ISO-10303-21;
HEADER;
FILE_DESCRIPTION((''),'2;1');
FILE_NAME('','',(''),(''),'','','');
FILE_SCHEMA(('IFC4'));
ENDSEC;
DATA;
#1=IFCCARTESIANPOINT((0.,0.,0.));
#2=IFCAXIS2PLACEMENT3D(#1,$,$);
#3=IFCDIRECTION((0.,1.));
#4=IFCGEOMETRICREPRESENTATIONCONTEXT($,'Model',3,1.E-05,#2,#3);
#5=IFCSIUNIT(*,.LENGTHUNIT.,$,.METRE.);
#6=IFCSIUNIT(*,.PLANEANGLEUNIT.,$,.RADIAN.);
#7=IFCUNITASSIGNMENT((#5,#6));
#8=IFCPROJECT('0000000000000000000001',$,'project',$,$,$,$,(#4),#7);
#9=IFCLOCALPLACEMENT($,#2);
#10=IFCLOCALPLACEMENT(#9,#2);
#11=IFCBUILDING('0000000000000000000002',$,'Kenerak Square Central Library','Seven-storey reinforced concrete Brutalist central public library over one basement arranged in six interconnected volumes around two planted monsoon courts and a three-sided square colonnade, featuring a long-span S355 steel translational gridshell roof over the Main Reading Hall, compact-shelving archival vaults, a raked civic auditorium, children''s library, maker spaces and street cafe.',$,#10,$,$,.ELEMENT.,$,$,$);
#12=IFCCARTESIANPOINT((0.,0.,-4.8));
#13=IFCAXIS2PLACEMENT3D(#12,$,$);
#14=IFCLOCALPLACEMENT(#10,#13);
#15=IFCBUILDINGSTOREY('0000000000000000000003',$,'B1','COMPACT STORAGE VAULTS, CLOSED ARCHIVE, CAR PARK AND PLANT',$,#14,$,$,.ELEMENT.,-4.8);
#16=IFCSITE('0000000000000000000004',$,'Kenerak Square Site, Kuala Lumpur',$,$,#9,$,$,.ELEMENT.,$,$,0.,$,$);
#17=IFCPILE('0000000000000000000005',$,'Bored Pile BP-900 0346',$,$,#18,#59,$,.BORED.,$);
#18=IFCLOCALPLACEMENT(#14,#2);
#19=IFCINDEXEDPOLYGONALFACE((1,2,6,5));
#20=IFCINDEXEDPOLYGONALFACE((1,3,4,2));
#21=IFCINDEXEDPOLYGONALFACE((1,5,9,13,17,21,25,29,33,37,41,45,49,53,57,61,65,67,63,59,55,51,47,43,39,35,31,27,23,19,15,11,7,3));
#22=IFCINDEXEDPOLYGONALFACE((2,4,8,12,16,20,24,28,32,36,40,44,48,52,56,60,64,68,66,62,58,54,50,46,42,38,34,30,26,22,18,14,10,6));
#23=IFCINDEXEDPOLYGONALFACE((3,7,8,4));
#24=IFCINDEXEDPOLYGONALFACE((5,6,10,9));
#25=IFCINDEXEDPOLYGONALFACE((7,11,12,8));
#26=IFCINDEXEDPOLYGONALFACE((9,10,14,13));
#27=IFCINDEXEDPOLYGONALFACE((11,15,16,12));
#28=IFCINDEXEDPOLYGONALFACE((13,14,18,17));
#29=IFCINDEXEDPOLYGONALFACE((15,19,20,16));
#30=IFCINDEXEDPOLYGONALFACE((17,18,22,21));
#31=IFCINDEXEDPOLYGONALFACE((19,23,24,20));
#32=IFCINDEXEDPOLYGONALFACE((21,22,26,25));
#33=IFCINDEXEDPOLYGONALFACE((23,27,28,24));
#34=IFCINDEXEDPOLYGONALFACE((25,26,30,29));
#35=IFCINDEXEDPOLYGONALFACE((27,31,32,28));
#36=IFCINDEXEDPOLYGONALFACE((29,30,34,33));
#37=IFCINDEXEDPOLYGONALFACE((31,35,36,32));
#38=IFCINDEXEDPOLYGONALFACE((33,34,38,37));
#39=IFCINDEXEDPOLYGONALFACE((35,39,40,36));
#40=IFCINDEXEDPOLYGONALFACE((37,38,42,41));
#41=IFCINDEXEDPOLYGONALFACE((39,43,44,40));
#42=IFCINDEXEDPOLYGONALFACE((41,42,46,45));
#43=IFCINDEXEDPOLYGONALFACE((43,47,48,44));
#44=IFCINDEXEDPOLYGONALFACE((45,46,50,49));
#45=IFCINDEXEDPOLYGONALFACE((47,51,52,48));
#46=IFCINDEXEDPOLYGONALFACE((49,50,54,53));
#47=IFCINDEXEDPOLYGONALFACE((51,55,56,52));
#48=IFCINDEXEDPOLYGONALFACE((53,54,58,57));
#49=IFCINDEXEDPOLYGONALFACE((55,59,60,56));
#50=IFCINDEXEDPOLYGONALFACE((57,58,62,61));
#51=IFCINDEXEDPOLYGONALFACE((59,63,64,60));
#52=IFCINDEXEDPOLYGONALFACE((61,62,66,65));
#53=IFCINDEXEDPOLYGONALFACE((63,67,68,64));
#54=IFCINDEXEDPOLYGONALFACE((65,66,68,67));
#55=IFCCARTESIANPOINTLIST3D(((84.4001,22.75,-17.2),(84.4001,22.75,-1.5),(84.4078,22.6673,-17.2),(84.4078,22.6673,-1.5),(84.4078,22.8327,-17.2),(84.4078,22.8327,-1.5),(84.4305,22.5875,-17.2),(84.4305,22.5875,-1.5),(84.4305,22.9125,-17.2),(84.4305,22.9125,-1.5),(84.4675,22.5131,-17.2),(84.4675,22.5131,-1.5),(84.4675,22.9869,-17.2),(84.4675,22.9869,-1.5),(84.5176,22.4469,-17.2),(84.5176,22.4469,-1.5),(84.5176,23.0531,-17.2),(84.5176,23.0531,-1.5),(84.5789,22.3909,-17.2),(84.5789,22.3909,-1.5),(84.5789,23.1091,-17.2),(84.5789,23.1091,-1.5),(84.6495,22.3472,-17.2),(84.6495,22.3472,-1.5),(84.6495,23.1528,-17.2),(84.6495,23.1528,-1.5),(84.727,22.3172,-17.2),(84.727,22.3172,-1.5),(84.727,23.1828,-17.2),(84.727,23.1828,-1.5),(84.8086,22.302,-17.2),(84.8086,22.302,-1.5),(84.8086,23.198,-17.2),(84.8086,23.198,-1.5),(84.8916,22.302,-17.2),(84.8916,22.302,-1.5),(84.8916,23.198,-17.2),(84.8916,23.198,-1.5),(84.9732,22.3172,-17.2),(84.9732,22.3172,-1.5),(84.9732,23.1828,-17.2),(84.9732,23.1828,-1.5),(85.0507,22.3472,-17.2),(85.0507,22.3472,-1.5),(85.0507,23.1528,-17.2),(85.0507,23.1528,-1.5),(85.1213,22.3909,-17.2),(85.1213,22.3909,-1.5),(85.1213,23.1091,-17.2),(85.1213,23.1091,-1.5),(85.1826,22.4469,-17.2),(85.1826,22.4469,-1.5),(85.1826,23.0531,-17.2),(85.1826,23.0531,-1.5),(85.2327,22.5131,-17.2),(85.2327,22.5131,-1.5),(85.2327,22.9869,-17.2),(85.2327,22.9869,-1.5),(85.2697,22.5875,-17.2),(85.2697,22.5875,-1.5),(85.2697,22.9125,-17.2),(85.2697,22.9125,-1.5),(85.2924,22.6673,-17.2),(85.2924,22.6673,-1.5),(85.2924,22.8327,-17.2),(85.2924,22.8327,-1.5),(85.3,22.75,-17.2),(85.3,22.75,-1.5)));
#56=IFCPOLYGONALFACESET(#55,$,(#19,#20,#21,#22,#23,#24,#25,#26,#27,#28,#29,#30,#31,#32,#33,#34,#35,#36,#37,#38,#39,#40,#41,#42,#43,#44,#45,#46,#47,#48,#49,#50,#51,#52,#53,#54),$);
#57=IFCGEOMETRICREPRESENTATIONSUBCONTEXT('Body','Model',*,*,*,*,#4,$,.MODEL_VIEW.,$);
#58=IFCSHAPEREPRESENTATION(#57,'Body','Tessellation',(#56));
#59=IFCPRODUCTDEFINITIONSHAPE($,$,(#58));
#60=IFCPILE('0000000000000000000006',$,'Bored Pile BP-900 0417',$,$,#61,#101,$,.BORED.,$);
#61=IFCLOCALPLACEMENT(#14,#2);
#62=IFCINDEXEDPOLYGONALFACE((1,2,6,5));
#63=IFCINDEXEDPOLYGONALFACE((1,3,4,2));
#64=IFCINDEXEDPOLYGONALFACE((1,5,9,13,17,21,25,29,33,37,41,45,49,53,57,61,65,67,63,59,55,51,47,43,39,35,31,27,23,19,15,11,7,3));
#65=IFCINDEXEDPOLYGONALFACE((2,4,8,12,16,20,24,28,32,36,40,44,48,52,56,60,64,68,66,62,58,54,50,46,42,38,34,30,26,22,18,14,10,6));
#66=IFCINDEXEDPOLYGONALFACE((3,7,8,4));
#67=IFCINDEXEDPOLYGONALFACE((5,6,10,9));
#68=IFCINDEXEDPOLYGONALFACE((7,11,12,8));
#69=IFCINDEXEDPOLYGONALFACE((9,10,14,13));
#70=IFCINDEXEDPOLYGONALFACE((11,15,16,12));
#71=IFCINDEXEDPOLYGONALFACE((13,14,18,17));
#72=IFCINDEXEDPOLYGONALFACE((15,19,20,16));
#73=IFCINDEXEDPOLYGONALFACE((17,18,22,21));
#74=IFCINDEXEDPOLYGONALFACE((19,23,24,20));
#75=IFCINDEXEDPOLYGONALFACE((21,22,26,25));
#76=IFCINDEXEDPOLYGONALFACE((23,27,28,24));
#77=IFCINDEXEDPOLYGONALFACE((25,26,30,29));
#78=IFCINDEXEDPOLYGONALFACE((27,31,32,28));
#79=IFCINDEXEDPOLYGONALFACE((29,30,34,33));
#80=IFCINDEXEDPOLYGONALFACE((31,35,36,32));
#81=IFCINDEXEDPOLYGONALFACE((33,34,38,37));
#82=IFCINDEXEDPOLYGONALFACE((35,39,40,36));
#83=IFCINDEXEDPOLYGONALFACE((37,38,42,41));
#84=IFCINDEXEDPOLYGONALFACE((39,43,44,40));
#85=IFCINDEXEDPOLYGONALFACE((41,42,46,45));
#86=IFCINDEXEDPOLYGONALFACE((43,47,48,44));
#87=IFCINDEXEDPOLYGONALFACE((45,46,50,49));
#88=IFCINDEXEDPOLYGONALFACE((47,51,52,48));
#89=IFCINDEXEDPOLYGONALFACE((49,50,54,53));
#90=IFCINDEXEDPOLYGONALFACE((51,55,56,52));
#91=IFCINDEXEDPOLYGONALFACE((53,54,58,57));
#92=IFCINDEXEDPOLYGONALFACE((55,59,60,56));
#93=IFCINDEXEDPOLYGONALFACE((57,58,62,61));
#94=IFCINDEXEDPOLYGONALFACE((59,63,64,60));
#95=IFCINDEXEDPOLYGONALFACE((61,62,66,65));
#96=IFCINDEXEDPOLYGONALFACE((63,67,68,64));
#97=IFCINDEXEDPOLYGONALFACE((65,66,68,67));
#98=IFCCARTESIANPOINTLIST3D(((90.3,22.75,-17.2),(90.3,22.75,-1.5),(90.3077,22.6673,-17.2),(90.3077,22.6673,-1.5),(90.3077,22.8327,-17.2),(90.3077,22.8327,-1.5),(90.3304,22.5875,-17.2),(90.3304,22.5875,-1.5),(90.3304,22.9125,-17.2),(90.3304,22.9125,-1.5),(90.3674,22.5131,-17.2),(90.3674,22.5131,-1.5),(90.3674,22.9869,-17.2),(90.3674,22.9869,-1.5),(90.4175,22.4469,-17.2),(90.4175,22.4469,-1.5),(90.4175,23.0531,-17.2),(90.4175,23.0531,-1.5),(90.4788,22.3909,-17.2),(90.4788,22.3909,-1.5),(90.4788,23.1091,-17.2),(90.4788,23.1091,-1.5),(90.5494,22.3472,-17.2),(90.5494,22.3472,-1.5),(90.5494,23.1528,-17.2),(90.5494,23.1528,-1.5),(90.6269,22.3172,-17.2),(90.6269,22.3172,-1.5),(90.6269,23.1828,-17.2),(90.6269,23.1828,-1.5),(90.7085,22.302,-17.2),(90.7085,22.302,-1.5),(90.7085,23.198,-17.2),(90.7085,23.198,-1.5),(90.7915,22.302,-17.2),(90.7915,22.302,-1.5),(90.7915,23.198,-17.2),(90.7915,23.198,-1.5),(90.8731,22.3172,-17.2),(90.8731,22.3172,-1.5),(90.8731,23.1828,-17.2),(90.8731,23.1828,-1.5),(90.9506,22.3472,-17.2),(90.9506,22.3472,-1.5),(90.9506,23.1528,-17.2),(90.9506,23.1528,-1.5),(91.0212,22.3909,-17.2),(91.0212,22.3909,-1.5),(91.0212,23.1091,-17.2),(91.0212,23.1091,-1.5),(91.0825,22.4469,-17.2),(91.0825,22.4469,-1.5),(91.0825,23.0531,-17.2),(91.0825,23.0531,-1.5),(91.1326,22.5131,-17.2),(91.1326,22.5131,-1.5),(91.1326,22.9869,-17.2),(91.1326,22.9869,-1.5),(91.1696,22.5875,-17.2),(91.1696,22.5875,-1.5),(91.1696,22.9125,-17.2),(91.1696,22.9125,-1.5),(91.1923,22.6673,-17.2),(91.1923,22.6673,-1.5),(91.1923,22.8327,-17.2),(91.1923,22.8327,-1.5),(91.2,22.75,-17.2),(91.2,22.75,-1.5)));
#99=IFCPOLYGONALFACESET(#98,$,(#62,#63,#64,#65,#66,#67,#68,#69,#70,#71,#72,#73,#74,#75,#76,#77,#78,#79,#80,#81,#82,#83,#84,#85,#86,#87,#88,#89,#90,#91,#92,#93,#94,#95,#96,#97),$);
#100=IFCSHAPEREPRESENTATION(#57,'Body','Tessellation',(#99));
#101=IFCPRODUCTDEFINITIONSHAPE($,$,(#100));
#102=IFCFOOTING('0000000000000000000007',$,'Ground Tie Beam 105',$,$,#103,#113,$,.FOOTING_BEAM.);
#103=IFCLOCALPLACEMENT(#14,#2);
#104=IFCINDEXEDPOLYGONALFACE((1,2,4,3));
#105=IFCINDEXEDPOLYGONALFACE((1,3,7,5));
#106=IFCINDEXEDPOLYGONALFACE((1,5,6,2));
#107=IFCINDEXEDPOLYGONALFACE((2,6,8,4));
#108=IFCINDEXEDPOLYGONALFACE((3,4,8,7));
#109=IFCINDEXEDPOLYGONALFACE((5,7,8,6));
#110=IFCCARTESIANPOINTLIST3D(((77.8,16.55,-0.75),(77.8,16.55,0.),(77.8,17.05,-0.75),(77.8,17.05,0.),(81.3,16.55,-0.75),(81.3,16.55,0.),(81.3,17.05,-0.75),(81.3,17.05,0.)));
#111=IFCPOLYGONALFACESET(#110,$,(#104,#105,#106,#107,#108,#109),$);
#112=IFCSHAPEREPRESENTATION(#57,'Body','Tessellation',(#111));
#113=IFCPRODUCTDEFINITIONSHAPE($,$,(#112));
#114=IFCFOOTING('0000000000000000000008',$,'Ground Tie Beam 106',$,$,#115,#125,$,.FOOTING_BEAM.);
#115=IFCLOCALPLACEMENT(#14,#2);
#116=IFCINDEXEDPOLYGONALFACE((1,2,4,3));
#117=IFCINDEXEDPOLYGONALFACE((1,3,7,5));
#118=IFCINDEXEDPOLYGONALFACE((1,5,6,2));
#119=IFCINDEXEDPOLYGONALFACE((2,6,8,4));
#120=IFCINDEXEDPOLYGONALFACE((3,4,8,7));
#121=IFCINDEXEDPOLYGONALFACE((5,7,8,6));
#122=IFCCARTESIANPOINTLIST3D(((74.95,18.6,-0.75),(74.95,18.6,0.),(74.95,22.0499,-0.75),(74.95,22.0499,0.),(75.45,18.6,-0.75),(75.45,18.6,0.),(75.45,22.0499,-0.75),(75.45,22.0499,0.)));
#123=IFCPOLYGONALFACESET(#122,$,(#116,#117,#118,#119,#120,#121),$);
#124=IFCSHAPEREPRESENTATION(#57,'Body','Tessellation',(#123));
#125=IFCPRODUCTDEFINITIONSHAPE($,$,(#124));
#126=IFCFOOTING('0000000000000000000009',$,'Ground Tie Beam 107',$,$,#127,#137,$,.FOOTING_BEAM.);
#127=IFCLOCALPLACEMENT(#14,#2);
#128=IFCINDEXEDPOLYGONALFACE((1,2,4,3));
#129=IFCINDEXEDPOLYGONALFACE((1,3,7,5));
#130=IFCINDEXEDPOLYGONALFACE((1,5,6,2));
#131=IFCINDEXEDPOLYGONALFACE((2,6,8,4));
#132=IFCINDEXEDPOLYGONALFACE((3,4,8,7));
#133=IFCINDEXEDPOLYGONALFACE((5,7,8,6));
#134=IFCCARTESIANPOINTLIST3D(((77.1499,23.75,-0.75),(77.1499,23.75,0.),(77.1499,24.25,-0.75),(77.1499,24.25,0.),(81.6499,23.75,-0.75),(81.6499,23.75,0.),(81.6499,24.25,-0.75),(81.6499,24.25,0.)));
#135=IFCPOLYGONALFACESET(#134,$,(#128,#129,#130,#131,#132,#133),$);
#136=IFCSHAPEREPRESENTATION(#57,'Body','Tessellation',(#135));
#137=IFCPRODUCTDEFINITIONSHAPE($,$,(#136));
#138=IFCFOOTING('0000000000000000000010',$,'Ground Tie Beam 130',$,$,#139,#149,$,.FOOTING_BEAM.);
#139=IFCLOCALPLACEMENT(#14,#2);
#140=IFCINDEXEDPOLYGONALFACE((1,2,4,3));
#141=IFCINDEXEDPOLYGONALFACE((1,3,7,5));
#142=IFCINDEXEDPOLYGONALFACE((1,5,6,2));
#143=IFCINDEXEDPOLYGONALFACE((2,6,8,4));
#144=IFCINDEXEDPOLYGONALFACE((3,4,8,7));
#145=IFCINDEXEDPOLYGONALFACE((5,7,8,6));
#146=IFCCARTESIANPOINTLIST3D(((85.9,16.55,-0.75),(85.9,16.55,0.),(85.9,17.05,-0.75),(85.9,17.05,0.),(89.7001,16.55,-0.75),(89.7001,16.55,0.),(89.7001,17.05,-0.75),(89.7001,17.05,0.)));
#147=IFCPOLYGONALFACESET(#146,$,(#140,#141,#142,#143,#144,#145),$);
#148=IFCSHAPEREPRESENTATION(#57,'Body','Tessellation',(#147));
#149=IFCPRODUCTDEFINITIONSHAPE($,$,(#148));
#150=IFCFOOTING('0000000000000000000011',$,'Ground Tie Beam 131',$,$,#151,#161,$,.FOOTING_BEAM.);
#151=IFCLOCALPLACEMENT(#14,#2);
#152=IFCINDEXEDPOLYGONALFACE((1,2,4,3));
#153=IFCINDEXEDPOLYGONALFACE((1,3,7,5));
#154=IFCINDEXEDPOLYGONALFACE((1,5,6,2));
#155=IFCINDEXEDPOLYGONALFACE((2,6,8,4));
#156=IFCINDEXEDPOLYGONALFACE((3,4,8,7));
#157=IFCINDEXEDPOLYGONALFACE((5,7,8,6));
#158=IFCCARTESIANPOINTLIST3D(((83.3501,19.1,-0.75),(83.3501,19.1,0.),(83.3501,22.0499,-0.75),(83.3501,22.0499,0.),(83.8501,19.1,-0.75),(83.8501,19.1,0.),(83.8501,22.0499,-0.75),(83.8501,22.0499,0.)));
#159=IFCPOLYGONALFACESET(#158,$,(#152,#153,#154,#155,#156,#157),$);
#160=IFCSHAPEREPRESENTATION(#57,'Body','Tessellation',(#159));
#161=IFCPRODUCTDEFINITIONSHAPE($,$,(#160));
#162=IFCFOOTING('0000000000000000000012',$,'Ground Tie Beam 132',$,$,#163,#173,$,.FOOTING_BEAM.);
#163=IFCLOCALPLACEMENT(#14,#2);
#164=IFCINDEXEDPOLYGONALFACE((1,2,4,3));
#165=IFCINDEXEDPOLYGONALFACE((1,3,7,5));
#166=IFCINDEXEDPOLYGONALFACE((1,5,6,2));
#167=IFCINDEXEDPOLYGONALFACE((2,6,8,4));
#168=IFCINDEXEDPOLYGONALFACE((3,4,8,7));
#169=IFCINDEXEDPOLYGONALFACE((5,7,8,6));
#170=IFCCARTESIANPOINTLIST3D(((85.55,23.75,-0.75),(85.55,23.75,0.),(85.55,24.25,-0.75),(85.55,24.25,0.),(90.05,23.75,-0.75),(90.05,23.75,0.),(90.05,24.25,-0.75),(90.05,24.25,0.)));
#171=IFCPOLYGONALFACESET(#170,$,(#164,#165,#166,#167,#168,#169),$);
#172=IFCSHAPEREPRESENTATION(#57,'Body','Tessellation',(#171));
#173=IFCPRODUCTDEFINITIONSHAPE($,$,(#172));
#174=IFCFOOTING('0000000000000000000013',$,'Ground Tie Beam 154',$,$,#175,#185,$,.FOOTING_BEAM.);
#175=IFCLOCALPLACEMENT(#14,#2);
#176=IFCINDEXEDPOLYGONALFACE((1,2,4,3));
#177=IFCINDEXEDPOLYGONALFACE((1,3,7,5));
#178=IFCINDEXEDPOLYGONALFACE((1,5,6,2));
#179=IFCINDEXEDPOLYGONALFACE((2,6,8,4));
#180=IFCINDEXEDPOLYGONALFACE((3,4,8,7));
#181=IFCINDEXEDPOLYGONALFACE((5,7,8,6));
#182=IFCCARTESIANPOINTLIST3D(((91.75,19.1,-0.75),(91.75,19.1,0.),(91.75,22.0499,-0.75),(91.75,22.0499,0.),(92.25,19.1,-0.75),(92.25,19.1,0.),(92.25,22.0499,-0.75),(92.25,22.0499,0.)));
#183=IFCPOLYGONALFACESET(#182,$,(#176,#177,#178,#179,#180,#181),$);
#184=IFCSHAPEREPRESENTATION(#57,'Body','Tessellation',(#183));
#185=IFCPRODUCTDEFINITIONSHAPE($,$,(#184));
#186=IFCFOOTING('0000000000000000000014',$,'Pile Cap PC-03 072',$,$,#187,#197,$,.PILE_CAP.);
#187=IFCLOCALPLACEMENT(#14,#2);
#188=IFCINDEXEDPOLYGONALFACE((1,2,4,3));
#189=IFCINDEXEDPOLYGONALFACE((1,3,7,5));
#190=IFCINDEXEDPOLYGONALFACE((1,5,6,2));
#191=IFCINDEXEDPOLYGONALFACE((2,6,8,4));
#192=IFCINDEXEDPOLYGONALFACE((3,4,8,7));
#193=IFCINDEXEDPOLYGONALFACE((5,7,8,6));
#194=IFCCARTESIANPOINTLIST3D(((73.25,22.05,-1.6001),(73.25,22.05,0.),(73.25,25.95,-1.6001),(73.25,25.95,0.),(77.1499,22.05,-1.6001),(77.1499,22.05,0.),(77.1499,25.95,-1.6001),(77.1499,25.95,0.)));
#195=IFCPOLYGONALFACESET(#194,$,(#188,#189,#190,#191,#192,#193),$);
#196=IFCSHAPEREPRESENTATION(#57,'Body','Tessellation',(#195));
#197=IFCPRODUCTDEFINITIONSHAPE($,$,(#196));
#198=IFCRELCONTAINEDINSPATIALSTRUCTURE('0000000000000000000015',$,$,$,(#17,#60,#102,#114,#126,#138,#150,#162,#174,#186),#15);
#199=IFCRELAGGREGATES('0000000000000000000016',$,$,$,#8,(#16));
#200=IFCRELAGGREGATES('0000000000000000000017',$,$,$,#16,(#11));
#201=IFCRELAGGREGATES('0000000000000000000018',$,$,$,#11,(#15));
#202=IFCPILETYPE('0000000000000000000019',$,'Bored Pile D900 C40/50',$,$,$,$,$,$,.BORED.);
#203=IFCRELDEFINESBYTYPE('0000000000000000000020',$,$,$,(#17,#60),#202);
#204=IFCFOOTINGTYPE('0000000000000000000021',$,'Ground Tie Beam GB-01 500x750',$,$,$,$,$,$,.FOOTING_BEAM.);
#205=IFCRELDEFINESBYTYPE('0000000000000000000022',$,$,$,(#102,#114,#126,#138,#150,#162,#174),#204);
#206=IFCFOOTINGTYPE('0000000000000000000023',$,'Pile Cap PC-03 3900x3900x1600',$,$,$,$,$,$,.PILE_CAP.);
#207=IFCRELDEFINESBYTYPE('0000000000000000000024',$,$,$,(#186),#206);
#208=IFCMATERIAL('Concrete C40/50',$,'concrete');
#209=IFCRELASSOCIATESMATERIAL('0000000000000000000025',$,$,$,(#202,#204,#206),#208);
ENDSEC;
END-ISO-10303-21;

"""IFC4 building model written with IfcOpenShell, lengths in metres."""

from ifc_helpers import new_model, si_unit, direction, frame, origin, origin_2d, place, context, subcontext, project, spatial, rectangle, circle, extrude, material, material_profile, profile_set, type_object, element, save


model = new_model("IFC4")

# Units and contexts
model_context = context("Model", 3, precision=1e-05, world=origin(), true_north=direction((0.0, 1.0)))
body_context = subcontext(model_context, "Body", "Model", "MODEL_VIEW")
ifc_project = project(units=[si_unit("LENGTHUNIT", "METRE"), si_unit("PLANEANGLEUNIT", "RADIAN")], contexts=[model_context])

# Site, building, storey
site_placement = place(None, origin())
site = spatial("IfcSite", under=ifc_project, at=site_placement, Name="Kenerak Square Site, Kuala Lumpur", CompositionType="ELEMENT", RefElevation=0.0)
building_placement = place(site_placement, origin())
building = spatial("IfcBuilding", under=site, at=building_placement, Name="Kenerak Square Central Library", Description="Seven-storey reinforced concrete Brutalist central public library over one basement arranged in six interconnected volumes around two planted monsoon courts and a three-sided square colonnade, featuring a long-span S355 steel translational gridshell roof over the Main Reading Hall, compact-shelving archival vaults, a raked civic auditorium, children's library, maker spaces and street cafe.", CompositionType="ELEMENT")
storey_placement = place(building_placement, frame((0.0, 0.0, -4.8)))
storey = spatial("IfcBuildingStorey", under=building, at=storey_placement, Name="B1", Description="COMPACT STORAGE VAULTS, CLOSED ARCHIVE, CAR PARK AND PLANT", CompositionType="ELEMENT", Elevation=-4.8)

# Piles
ifc_material_1 = material(Name="Concrete C40/50", Category="concrete")
ifc_material_profile_1 = material_profile(ifc_material_1, circle(Radius=0.45, at=origin_2d()), Name="BP D900")
ifc_profile_set_1 = profile_set([ifc_material_profile_1], Name="Concrete C40/50")
pile_type_1 = type_object("IfcPileType", Name="Bored Pile D900 C40/50", PredefinedType="BORED", material=ifc_profile_set_1)
for number, where, z_axis, x_axis, name in (
    (1, (84.8501, 22.75, -1.5), (0.0, 0.0, -1.0), (1.0, 0.0, 0.0), "Bored Pile BP-900 0346"),
    (2, (90.75, 22.75, -1.5), (0.0, 0.0, -1.0), (1.0, 0.0, 0.0), "Bored Pile BP-900 0417"),
):
    element("IfcPile", number, at=place(storey_placement, frame(where, z_axis=z_axis, x_axis=x_axis)), inside=storey, type_object=pile_type_1, Name=name, PredefinedType="BORED", context=body_context, shape_type="SweptSolid", body=[
        extrude(circle(Radius=0.45, at=origin_2d()), origin(), (0.0, 0.0, 1.0), 15.7),
    ])

# Footings
footing_type_1 = type_object("IfcFootingType", Name="Ground Tie Beam GB-01 500x750", PredefinedType="FOOTING_BEAM", material=ifc_material_1)
footing_1_placement = place(storey_placement, frame((79.55, 16.8, -0.75), z_axis=(0.0, 0.0, 1.0), x_axis=(1.0, 0.0, 0.0)))
element("IfcFooting", 3, at=footing_1_placement, inside=storey, type_object=footing_type_1, Name="Ground Tie Beam 105", PredefinedType="FOOTING_BEAM", context=body_context, shape_type="SweptSolid", body=[
    extrude(rectangle(XDim=3.5, YDim=0.5, at=origin_2d()), origin(), (0.0, 0.0, 1.0), 0.75),
])
footing_2_placement = place(storey_placement, frame((75.2, 20.325, -0.75), z_axis=(0.0, 0.0, 1.0), x_axis=(1.0, 0.0, 0.0)))
element("IfcFooting", 4, at=footing_2_placement, inside=storey, type_object=footing_type_1, Name="Ground Tie Beam 106", PredefinedType="FOOTING_BEAM", context=body_context, shape_type="SweptSolid", body=[
    extrude(rectangle(XDim=0.5, YDim=3.45, at=origin_2d()), origin(), (0.0, 0.0, 1.0), 0.75),
])
footing_3_placement = place(storey_placement, frame((79.3999, 24.0, -0.75), z_axis=(0.0, 0.0, 1.0), x_axis=(1.0, 0.0, 0.0)))
element("IfcFooting", 5, at=footing_3_placement, inside=storey, type_object=footing_type_1, Name="Ground Tie Beam 107", PredefinedType="FOOTING_BEAM", context=body_context, shape_type="SweptSolid", body=[
    extrude(rectangle(XDim=4.5, YDim=0.5, at=origin_2d()), origin(), (0.0, 0.0, 1.0), 0.75),
])
footing_4_placement = place(storey_placement, frame((87.8, 16.8, -0.75), z_axis=(0.0, 0.0, 1.0), x_axis=(1.0, 0.0, 0.0)))
element("IfcFooting", 6, at=footing_4_placement, inside=storey, type_object=footing_type_1, Name="Ground Tie Beam 130", PredefinedType="FOOTING_BEAM", context=body_context, shape_type="SweptSolid", body=[
    extrude(rectangle(XDim=3.8, YDim=0.5, at=origin_2d()), origin(), (0.0, 0.0, 1.0), 0.75),
])
footing_5_placement = place(storey_placement, frame((83.6001, 20.575, -0.75), z_axis=(0.0, 0.0, 1.0), x_axis=(1.0, 0.0, 0.0)))
element("IfcFooting", 7, at=footing_5_placement, inside=storey, type_object=footing_type_1, Name="Ground Tie Beam 131", PredefinedType="FOOTING_BEAM", context=body_context, shape_type="SweptSolid", body=[
    extrude(rectangle(XDim=0.5, YDim=2.95, at=origin_2d()), origin(), (0.0, 0.0, 1.0), 0.75),
])
footing_6_placement = place(storey_placement, frame((87.8, 24.0, -0.75), z_axis=(0.0, 0.0, 1.0), x_axis=(1.0, 0.0, 0.0)))
element("IfcFooting", 8, at=footing_6_placement, inside=storey, type_object=footing_type_1, Name="Ground Tie Beam 132", PredefinedType="FOOTING_BEAM", context=body_context, shape_type="SweptSolid", body=[
    extrude(rectangle(XDim=4.5, YDim=0.5, at=origin_2d()), origin(), (0.0, 0.0, 1.0), 0.75),
])
footing_7_placement = place(storey_placement, frame((92.0, 20.575, -0.75), z_axis=(0.0, 0.0, 1.0), x_axis=(1.0, 0.0, 0.0)))
element("IfcFooting", 9, at=footing_7_placement, inside=storey, type_object=footing_type_1, Name="Ground Tie Beam 154", PredefinedType="FOOTING_BEAM", context=body_context, shape_type="SweptSolid", body=[
    extrude(rectangle(XDim=0.5, YDim=2.95, at=origin_2d()), origin(), (0.0, 0.0, 1.0), 0.75),
])
footing_type_2 = type_object("IfcFootingType", Name="Pile Cap PC-03 3900x3900x1600", PredefinedType="PILE_CAP", material=ifc_material_1)
for number, where, z_axis, x_axis, name in (
    (10, (75.2, 24.0, -1.6001), (0.0, 0.0, 1.0), (1.0, 0.0, 0.0), "Pile Cap PC-03 072"),
):
    element("IfcFooting", number, at=place(storey_placement, frame(where, z_axis=z_axis, x_axis=x_axis)), inside=storey, type_object=footing_type_2, Name=name, PredefinedType="PILE_CAP", context=body_context, shape_type="SweptSolid", body=[
        extrude(rectangle(XDim=3.8999, YDim=3.8999, at=origin_2d()), origin(), (0.0, 0.0, 1.0), 1.6001),
    ])

save(model, "model.ifc")
